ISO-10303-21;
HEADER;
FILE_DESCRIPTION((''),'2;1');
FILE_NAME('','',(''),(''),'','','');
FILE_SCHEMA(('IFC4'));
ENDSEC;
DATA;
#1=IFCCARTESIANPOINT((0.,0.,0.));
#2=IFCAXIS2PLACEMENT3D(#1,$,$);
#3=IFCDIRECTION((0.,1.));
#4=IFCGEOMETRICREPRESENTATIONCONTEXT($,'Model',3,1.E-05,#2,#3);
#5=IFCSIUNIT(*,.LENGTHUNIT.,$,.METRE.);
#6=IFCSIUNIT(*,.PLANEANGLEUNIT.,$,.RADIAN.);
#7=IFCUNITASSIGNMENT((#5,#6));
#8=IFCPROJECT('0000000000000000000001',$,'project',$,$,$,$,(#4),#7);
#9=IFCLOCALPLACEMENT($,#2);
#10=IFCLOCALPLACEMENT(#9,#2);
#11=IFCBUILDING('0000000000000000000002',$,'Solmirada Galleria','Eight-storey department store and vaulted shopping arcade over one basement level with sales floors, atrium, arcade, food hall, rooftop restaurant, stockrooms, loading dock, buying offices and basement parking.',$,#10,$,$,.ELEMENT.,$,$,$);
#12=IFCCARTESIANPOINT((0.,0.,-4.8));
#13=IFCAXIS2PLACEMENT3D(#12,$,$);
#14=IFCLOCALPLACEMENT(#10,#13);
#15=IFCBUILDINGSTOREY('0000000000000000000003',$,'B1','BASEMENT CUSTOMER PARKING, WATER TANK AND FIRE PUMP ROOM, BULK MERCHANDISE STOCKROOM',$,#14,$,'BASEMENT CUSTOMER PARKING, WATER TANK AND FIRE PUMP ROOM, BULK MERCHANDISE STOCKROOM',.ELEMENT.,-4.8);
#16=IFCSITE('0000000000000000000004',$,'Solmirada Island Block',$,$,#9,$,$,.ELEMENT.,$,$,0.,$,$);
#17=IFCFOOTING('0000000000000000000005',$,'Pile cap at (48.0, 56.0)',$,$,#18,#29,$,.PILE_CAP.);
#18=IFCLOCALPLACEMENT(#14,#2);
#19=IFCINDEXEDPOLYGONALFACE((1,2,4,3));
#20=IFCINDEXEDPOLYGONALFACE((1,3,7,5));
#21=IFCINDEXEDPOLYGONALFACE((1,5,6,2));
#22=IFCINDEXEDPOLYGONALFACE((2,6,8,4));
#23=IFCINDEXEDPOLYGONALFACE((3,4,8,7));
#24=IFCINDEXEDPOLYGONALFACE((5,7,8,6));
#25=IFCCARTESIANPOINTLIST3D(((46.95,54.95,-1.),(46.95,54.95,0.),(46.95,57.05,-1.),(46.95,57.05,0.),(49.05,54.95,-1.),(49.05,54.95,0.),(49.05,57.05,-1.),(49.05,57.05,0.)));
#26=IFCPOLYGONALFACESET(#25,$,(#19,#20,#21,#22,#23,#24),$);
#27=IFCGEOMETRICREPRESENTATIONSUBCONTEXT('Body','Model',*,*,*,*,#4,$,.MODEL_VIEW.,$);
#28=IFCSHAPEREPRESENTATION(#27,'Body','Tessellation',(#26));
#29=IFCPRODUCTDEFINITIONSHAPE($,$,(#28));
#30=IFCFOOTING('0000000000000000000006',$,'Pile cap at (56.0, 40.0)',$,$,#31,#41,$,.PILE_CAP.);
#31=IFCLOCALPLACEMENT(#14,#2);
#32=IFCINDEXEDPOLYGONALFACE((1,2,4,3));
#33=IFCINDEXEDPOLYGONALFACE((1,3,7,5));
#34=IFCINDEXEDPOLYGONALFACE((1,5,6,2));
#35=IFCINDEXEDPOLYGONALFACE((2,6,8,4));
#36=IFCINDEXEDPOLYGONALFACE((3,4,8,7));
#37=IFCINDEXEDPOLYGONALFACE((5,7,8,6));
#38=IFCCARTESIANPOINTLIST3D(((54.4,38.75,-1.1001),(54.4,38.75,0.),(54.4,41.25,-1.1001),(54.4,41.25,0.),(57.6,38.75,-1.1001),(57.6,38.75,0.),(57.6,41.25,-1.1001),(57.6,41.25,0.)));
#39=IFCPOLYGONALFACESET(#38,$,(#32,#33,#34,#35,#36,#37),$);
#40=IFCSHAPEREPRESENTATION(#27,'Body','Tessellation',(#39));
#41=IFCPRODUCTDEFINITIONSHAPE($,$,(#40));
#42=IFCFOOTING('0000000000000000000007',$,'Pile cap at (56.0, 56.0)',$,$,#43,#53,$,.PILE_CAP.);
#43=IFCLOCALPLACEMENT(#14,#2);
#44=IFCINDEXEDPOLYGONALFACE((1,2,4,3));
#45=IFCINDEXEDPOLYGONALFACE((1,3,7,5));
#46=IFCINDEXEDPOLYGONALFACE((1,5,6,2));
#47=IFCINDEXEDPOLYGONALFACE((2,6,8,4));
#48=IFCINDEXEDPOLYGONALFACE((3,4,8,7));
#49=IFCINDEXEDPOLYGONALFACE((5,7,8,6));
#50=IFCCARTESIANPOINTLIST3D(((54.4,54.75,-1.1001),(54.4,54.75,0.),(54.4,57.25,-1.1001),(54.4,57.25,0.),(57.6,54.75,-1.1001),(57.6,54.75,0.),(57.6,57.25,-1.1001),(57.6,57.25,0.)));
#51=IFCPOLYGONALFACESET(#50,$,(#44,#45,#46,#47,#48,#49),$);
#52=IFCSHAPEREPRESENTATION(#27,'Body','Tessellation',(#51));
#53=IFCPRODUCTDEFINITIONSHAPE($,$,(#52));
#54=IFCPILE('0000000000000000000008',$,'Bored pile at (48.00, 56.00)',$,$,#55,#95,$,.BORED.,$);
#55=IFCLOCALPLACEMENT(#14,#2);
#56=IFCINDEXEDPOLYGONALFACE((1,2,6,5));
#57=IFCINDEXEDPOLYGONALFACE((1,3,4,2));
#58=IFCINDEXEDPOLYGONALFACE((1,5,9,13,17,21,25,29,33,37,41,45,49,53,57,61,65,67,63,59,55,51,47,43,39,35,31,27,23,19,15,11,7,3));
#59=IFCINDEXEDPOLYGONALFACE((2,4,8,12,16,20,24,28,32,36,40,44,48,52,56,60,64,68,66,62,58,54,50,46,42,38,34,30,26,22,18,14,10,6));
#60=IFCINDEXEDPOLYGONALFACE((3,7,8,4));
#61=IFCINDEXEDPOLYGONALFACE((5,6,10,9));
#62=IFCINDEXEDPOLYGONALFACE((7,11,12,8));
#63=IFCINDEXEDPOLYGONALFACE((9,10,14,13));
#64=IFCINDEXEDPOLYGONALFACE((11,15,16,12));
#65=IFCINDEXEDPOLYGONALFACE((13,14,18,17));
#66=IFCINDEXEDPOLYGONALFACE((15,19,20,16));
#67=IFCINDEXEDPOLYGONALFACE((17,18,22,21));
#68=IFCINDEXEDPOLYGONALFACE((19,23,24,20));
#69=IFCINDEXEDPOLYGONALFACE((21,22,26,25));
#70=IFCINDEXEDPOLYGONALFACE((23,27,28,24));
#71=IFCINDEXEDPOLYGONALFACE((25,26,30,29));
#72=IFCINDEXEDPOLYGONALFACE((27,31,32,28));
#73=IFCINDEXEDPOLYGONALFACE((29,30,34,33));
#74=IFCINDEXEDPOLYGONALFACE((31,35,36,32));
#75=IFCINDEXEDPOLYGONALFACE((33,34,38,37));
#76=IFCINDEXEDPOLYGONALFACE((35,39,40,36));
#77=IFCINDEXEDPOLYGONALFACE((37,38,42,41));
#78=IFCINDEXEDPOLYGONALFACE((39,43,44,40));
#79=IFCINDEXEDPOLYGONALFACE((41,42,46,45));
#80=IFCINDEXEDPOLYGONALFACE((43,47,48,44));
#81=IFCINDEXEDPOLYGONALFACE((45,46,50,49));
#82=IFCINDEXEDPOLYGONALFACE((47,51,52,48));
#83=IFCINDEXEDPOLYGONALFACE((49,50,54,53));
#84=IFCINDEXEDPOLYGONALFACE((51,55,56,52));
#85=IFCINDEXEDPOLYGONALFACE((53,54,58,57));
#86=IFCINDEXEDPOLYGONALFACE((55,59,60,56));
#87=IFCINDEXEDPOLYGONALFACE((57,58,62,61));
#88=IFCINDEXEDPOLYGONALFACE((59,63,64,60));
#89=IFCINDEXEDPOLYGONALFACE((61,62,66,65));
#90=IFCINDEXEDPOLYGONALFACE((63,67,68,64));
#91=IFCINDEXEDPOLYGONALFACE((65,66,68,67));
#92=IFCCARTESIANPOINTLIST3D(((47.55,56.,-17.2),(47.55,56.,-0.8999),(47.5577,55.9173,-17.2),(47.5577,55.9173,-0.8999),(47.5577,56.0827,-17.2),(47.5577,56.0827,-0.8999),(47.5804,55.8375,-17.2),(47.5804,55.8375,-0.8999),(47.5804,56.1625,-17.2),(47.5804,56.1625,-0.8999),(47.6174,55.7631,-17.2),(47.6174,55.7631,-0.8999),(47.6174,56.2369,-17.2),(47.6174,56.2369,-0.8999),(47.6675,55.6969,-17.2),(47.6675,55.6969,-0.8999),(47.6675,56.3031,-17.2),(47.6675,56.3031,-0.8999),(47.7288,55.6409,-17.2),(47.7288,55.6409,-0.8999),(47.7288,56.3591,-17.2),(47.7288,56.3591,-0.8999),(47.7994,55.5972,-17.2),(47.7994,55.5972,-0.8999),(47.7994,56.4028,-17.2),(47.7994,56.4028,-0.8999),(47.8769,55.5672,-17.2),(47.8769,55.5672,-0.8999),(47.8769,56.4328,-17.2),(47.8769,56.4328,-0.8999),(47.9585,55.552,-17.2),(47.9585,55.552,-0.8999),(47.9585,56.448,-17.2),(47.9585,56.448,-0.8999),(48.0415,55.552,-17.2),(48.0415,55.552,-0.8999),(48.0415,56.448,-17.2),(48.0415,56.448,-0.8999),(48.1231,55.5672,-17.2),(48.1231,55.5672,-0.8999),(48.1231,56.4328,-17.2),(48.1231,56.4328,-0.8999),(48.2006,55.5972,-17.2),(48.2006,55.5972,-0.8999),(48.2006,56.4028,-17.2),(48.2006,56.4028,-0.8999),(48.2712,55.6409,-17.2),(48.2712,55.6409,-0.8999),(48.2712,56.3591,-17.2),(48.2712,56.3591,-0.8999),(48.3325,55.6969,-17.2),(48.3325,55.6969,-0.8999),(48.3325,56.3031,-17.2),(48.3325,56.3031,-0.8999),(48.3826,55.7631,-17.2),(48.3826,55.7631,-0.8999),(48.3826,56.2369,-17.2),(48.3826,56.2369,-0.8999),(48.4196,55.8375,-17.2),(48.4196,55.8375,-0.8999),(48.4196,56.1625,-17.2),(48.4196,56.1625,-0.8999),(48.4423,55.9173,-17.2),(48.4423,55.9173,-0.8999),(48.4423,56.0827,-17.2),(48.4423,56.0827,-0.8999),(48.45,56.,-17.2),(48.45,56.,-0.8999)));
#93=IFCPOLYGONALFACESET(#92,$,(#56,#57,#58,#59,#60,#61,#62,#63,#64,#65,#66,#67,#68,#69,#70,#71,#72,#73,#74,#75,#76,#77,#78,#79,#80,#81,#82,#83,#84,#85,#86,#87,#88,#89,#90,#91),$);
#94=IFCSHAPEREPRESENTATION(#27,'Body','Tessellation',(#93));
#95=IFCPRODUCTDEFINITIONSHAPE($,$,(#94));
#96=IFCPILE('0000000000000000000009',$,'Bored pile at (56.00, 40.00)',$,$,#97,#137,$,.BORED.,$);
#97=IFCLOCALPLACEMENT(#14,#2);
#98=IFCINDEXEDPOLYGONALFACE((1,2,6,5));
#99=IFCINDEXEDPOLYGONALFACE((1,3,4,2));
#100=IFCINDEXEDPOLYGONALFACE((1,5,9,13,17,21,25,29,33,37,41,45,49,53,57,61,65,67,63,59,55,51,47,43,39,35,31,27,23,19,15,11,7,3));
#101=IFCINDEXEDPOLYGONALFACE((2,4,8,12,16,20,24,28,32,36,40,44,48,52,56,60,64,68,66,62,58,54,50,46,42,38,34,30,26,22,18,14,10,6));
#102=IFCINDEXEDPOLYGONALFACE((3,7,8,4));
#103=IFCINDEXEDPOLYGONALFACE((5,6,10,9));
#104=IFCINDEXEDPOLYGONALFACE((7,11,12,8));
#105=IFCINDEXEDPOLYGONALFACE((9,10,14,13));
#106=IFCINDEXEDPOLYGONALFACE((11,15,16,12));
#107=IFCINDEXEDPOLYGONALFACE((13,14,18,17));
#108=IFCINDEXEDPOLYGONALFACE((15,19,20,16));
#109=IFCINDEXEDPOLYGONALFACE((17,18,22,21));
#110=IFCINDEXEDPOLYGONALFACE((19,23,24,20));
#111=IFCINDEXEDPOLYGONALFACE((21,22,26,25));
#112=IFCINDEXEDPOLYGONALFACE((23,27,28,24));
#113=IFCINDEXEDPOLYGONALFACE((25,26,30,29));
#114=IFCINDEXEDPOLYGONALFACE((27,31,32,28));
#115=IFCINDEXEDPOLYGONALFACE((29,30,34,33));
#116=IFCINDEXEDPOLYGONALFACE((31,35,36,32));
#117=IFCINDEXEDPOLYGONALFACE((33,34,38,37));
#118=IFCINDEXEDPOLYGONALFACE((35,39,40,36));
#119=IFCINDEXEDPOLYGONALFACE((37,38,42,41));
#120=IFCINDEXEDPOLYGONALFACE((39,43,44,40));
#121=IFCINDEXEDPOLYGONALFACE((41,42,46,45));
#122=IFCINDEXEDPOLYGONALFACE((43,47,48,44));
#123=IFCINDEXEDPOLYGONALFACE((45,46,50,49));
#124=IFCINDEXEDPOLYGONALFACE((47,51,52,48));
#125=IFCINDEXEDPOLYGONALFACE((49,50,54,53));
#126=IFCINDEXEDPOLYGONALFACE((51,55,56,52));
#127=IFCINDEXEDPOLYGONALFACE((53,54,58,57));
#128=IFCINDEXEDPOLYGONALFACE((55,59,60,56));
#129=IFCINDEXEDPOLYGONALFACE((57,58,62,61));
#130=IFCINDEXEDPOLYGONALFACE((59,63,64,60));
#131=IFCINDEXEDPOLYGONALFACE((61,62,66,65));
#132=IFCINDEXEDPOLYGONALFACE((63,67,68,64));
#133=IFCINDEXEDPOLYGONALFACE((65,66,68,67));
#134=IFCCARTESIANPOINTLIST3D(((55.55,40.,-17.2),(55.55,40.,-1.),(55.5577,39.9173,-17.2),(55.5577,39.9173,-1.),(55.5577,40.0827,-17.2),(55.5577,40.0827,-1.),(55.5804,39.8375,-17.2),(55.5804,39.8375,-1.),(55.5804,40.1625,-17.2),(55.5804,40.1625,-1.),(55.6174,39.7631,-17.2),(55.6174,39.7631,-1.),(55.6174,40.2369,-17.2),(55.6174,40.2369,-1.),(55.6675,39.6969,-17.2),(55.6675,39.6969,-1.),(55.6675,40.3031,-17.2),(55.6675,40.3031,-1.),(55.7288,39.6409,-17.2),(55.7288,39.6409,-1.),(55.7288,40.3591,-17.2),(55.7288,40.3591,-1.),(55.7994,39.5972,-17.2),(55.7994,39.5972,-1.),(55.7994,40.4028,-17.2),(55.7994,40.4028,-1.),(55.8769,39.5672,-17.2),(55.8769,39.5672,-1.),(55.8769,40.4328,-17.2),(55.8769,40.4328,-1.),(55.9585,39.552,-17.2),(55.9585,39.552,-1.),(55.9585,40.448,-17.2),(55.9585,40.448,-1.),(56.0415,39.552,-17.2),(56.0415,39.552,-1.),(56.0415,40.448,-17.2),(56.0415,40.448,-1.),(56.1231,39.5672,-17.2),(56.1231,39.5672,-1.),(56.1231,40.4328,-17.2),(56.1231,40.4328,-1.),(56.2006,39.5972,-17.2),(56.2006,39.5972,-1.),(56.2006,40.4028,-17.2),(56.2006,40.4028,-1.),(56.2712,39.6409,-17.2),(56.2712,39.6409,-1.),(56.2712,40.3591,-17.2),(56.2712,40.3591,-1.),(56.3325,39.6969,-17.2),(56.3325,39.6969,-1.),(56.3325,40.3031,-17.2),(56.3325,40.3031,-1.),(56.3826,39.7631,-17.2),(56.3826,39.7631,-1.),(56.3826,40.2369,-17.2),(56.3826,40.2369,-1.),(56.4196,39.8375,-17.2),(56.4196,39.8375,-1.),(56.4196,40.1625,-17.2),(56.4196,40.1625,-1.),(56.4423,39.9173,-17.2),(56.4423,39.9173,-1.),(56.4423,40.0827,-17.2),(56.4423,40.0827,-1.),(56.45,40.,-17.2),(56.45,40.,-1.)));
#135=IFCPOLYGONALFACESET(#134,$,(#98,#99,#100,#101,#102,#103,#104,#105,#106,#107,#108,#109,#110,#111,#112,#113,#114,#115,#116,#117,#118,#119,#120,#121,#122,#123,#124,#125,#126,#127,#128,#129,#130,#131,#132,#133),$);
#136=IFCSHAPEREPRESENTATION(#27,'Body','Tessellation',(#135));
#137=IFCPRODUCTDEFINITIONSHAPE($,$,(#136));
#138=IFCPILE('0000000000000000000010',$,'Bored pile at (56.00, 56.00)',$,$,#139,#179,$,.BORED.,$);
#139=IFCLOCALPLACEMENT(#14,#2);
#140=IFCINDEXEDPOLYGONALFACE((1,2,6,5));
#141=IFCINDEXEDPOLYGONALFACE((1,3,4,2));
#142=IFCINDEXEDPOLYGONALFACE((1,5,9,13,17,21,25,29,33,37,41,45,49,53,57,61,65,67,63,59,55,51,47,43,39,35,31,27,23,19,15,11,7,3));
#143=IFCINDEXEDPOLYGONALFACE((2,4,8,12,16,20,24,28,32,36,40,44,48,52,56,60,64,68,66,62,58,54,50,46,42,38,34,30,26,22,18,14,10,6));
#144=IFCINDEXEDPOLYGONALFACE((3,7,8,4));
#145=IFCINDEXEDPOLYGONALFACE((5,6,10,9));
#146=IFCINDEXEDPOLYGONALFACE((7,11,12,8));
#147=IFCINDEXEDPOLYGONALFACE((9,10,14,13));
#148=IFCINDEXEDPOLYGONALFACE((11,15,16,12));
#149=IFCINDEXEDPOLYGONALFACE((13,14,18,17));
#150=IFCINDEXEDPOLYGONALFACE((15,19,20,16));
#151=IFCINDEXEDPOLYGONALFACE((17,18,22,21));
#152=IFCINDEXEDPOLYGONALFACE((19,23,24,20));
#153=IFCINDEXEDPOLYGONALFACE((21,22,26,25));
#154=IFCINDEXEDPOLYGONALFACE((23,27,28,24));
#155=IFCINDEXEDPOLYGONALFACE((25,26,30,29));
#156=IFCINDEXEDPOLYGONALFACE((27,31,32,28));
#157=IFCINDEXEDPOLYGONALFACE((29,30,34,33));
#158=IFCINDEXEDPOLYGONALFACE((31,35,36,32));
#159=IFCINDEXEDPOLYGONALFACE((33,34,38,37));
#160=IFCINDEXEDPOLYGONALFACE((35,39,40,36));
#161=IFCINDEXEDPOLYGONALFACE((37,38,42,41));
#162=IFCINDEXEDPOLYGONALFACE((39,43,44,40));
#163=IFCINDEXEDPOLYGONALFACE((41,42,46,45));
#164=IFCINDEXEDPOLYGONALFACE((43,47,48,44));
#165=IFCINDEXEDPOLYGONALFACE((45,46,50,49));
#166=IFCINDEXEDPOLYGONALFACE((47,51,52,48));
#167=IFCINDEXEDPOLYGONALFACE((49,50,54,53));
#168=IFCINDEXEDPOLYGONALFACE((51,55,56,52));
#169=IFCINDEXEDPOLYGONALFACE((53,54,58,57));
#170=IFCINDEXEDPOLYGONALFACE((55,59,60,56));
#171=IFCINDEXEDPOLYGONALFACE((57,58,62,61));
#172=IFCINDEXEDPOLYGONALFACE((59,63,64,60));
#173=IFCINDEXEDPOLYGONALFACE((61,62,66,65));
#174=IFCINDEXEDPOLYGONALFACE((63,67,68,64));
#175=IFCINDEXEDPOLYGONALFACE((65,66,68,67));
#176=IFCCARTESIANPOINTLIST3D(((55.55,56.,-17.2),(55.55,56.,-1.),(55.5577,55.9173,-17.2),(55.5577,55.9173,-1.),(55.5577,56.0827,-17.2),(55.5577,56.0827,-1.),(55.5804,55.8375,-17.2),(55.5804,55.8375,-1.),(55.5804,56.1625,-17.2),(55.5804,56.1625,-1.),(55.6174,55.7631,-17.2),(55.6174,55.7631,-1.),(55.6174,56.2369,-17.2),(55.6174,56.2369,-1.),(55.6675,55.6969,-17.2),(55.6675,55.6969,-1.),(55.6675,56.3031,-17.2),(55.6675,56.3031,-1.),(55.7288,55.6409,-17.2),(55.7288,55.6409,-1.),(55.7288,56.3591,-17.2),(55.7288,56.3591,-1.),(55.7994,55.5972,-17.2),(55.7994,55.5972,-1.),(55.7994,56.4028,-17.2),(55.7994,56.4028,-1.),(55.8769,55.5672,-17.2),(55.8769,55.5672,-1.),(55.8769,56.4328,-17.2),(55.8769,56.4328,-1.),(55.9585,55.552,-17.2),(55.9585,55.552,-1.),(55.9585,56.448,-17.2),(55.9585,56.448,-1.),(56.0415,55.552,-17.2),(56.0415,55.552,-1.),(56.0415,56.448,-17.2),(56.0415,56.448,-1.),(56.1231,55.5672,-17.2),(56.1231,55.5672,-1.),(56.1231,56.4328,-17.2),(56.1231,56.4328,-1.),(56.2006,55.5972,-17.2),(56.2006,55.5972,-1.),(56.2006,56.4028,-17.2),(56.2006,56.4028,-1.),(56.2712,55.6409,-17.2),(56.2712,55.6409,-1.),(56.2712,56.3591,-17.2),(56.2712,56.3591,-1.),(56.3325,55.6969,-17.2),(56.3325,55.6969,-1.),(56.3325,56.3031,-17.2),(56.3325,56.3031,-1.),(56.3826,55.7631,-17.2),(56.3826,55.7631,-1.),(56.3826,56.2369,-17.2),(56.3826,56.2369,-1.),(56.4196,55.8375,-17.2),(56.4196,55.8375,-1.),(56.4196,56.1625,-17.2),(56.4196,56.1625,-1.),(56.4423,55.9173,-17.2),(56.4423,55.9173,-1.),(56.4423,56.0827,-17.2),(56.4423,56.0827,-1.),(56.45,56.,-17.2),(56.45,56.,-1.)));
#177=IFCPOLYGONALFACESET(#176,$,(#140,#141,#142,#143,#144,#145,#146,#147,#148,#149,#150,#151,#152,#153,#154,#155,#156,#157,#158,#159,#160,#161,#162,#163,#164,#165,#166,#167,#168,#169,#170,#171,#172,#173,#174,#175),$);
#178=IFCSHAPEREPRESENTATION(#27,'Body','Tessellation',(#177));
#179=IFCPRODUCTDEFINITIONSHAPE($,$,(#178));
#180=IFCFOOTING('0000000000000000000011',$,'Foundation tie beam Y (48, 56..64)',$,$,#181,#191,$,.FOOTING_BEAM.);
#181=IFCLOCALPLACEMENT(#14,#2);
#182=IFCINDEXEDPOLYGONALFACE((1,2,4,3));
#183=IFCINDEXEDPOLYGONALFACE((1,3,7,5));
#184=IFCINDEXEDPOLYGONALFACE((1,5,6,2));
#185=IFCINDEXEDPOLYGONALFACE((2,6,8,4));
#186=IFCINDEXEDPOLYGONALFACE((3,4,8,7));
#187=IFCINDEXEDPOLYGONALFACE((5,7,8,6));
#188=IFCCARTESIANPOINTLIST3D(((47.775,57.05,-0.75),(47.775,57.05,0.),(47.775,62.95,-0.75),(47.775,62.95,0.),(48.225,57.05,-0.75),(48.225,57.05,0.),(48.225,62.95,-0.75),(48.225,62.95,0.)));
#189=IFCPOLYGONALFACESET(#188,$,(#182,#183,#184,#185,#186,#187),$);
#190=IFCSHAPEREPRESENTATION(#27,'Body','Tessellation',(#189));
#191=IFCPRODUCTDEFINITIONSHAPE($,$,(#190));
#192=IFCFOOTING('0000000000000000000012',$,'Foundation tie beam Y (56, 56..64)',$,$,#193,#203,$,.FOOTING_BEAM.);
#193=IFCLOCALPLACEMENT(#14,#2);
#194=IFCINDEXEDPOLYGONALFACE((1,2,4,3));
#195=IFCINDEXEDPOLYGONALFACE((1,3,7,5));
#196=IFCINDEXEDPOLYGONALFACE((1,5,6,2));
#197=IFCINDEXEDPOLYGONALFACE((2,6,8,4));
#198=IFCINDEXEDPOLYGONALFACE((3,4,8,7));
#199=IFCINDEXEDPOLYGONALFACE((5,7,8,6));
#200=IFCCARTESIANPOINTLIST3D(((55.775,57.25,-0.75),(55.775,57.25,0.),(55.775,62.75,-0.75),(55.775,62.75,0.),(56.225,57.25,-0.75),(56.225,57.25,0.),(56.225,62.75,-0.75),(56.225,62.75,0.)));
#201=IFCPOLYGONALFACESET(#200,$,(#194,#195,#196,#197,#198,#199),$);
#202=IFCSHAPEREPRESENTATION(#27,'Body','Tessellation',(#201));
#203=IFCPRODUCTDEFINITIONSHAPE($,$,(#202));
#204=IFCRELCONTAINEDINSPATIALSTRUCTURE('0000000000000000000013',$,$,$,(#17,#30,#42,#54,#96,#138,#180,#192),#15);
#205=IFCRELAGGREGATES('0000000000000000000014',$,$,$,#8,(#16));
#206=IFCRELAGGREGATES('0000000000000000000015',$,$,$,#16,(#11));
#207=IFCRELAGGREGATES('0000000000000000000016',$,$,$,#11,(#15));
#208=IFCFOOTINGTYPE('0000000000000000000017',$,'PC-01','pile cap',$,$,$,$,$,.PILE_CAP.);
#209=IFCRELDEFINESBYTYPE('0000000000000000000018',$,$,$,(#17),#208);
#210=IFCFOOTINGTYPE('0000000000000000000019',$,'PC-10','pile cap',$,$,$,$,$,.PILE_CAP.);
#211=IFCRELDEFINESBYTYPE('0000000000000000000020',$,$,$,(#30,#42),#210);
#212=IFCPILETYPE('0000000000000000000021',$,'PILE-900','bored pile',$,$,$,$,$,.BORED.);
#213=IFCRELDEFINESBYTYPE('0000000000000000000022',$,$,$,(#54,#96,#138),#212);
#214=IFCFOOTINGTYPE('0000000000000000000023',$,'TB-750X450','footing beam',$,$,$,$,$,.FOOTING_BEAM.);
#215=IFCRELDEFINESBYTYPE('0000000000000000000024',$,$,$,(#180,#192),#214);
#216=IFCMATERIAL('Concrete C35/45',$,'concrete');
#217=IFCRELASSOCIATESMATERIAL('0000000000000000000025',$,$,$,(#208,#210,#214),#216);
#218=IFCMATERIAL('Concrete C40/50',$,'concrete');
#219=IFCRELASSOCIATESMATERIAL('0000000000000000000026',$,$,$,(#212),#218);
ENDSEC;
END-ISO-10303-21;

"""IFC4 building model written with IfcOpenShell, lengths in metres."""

from ifc_helpers import new_model, si_unit, direction, frame, origin, origin_2d, place, context, subcontext, project, spatial, rectangle, circle, extrude, material, material_profile, profile_set, type_object, element, save


model = new_model("IFC4")

# Units and contexts
model_context = context("Model", 3, precision=1e-05, world=origin(), true_north=direction((0.0, 1.0)))
body_context = subcontext(model_context, "Body", "Model", "MODEL_VIEW")
ifc_project = project(units=[si_unit("LENGTHUNIT", "METRE"), si_unit("PLANEANGLEUNIT", "RADIAN")], contexts=[model_context])

# Site, building, storey
site_placement = place(None, origin())
site = spatial("IfcSite", under=ifc_project, at=site_placement, Name="Solmirada Island Block", CompositionType="ELEMENT", RefElevation=0.0)
building_placement = place(site_placement, origin())
building = spatial("IfcBuilding", under=site, at=building_placement, Name="Solmirada Galleria", Description="Eight-storey department store and vaulted shopping arcade over one basement level with sales floors, atrium, arcade, food hall, rooftop restaurant, stockrooms, loading dock, buying offices and basement parking.", CompositionType="ELEMENT")
storey_placement = place(building_placement, frame((0.0, 0.0, -4.8)))
storey = spatial("IfcBuildingStorey", under=building, at=storey_placement, Name="B1", Description="BASEMENT CUSTOMER PARKING, WATER TANK AND FIRE PUMP ROOM, BULK MERCHANDISE STOCKROOM", LongName="BASEMENT CUSTOMER PARKING, WATER TANK AND FIRE PUMP ROOM, BULK MERCHANDISE STOCKROOM", CompositionType="ELEMENT", Elevation=-4.8)

# Footings
ifc_material_1 = material(Name="Concrete C35/45", Category="concrete")
footing_type_1 = type_object("IfcFootingType", Name="PC-01", Description="pile cap", PredefinedType="PILE_CAP", material=ifc_material_1)
footing_1_placement = place(storey_placement, frame((48.0, 56.0, -1.0), z_axis=(0.0, 0.0, 1.0), x_axis=(1.0, 0.0, 0.0)))
element("IfcFooting", 1, at=footing_1_placement, inside=storey, type_object=footing_type_1, Name="Pile cap at (48.0, 56.0)", PredefinedType="PILE_CAP", context=body_context, shape_type="SweptSolid", body=[
    extrude(rectangle(XDim=2.1001, YDim=2.1001, at=origin_2d()), origin(), (0.0, 0.0, 1.0), 1.0),
])
footing_type_2 = type_object("IfcFootingType", Name="PC-10", Description="pile cap", PredefinedType="PILE_CAP", material=ifc_material_1)
for number, where, z_axis, x_axis, name in (
    (2, (56.0, 40.0, -1.1001), (0.0, 0.0, 1.0), (1.0, 0.0, 0.0), "Pile cap at (56.0, 40.0)"),
    (3, (56.0, 56.0, -1.1001), (0.0, 0.0, 1.0), (1.0, 0.0, 0.0), "Pile cap at (56.0, 56.0)"),
):
    element("IfcFooting", number, at=place(storey_placement, frame(where, z_axis=z_axis, x_axis=x_axis)), inside=storey, type_object=footing_type_2, Name=name, PredefinedType="PILE_CAP", context=body_context, shape_type="SweptSolid", body=[
        extrude(rectangle(XDim=3.2, YDim=2.5, at=origin_2d()), origin(), (0.0, 0.0, 1.0), 1.1001),
    ])

# Piles
ifc_material_2 = material(Name="Concrete C40/50", Category="concrete")
ifc_material_profile_1 = material_profile(ifc_material_2, circle(Radius=0.45, at=origin_2d()), Name="PILE900")
ifc_profile_set_1 = profile_set([ifc_material_profile_1], Name="Concrete C40/50")
pile_type = type_object("IfcPileType", Name="PILE-900", Description="bored pile", PredefinedType="BORED", material=ifc_profile_set_1)
pile_placement = place(storey_placement, frame((48.0, 56.0, -0.8999), z_axis=(0.0, 0.0, -1.0), x_axis=(1.0, 0.0, 0.0)))
element("IfcPile", 4, at=pile_placement, inside=storey, type_object=pile_type, Name="Bored pile at (48.00, 56.00)", PredefinedType="BORED", context=body_context, shape_type="SweptSolid", body=[
    extrude(circle(Radius=0.45, at=origin_2d()), origin(), (0.0, 0.0, 1.0), 16.3),
])
for number, where, z_axis, x_axis, name in (
    (5, (56.0, 40.0, -1.0), (0.0, 0.0, -1.0), (1.0, 0.0, 0.0), "Bored pile at (56.00, 40.00)"),
    (6, (56.0, 56.0, -1.0), (0.0, 0.0, -1.0), (1.0, 0.0, 0.0), "Bored pile at (56.00, 56.00)"),
):
    element("IfcPile", number, at=place(storey_placement, frame(where, z_axis=z_axis, x_axis=x_axis)), inside=storey, type_object=pile_type, Name=name, PredefinedType="BORED", context=body_context, shape_type="SweptSolid", body=[
        extrude(circle(Radius=0.45, at=origin_2d()), origin(), (0.0, 0.0, 1.0), 16.2),
    ])

# Footings
ifc_material_profile_2 = material_profile(ifc_material_1, rectangle(XDim=0.45, YDim=0.75, at=origin_2d()), Name="RC750X450")
ifc_profile_set_2 = profile_set([ifc_material_profile_2], Name="Concrete C35/45")
footing_type_3 = type_object("IfcFootingType", Name="TB-750X450", Description="footing beam", PredefinedType="FOOTING_BEAM", material=ifc_profile_set_2)
footing_2_placement = place(storey_placement, frame((48.0, 57.05, -0.375), z_axis=(0.0, 1.0, 0.0), x_axis=(-1.0, 0.0, 0.0)))
element("IfcFooting", 7, at=footing_2_placement, inside=storey, type_object=footing_type_3, Name="Foundation tie beam Y (48, 56..64)", PredefinedType="FOOTING_BEAM", context=body_context, shape_type="SweptSolid", body=[
    extrude(rectangle(XDim=0.45, YDim=0.75, at=origin_2d()), origin(), (0.0, 0.0, 1.0), 5.8999),
])
footing_3_placement = place(storey_placement, frame((56.0, 57.25, -0.375), z_axis=(0.0, 1.0, 0.0), x_axis=(-1.0, 0.0, 0.0)))
element("IfcFooting", 8, at=footing_3_placement, inside=storey, type_object=footing_type_3, Name="Foundation tie beam Y (56, 56..64)", PredefinedType="FOOTING_BEAM", context=body_context, shape_type="SweptSolid", body=[
    extrude(rectangle(XDim=0.45, YDim=0.75, at=origin_2d()), origin(), (0.0, 0.0, 1.0), 5.5),
])

save(model, "model.ifc")
